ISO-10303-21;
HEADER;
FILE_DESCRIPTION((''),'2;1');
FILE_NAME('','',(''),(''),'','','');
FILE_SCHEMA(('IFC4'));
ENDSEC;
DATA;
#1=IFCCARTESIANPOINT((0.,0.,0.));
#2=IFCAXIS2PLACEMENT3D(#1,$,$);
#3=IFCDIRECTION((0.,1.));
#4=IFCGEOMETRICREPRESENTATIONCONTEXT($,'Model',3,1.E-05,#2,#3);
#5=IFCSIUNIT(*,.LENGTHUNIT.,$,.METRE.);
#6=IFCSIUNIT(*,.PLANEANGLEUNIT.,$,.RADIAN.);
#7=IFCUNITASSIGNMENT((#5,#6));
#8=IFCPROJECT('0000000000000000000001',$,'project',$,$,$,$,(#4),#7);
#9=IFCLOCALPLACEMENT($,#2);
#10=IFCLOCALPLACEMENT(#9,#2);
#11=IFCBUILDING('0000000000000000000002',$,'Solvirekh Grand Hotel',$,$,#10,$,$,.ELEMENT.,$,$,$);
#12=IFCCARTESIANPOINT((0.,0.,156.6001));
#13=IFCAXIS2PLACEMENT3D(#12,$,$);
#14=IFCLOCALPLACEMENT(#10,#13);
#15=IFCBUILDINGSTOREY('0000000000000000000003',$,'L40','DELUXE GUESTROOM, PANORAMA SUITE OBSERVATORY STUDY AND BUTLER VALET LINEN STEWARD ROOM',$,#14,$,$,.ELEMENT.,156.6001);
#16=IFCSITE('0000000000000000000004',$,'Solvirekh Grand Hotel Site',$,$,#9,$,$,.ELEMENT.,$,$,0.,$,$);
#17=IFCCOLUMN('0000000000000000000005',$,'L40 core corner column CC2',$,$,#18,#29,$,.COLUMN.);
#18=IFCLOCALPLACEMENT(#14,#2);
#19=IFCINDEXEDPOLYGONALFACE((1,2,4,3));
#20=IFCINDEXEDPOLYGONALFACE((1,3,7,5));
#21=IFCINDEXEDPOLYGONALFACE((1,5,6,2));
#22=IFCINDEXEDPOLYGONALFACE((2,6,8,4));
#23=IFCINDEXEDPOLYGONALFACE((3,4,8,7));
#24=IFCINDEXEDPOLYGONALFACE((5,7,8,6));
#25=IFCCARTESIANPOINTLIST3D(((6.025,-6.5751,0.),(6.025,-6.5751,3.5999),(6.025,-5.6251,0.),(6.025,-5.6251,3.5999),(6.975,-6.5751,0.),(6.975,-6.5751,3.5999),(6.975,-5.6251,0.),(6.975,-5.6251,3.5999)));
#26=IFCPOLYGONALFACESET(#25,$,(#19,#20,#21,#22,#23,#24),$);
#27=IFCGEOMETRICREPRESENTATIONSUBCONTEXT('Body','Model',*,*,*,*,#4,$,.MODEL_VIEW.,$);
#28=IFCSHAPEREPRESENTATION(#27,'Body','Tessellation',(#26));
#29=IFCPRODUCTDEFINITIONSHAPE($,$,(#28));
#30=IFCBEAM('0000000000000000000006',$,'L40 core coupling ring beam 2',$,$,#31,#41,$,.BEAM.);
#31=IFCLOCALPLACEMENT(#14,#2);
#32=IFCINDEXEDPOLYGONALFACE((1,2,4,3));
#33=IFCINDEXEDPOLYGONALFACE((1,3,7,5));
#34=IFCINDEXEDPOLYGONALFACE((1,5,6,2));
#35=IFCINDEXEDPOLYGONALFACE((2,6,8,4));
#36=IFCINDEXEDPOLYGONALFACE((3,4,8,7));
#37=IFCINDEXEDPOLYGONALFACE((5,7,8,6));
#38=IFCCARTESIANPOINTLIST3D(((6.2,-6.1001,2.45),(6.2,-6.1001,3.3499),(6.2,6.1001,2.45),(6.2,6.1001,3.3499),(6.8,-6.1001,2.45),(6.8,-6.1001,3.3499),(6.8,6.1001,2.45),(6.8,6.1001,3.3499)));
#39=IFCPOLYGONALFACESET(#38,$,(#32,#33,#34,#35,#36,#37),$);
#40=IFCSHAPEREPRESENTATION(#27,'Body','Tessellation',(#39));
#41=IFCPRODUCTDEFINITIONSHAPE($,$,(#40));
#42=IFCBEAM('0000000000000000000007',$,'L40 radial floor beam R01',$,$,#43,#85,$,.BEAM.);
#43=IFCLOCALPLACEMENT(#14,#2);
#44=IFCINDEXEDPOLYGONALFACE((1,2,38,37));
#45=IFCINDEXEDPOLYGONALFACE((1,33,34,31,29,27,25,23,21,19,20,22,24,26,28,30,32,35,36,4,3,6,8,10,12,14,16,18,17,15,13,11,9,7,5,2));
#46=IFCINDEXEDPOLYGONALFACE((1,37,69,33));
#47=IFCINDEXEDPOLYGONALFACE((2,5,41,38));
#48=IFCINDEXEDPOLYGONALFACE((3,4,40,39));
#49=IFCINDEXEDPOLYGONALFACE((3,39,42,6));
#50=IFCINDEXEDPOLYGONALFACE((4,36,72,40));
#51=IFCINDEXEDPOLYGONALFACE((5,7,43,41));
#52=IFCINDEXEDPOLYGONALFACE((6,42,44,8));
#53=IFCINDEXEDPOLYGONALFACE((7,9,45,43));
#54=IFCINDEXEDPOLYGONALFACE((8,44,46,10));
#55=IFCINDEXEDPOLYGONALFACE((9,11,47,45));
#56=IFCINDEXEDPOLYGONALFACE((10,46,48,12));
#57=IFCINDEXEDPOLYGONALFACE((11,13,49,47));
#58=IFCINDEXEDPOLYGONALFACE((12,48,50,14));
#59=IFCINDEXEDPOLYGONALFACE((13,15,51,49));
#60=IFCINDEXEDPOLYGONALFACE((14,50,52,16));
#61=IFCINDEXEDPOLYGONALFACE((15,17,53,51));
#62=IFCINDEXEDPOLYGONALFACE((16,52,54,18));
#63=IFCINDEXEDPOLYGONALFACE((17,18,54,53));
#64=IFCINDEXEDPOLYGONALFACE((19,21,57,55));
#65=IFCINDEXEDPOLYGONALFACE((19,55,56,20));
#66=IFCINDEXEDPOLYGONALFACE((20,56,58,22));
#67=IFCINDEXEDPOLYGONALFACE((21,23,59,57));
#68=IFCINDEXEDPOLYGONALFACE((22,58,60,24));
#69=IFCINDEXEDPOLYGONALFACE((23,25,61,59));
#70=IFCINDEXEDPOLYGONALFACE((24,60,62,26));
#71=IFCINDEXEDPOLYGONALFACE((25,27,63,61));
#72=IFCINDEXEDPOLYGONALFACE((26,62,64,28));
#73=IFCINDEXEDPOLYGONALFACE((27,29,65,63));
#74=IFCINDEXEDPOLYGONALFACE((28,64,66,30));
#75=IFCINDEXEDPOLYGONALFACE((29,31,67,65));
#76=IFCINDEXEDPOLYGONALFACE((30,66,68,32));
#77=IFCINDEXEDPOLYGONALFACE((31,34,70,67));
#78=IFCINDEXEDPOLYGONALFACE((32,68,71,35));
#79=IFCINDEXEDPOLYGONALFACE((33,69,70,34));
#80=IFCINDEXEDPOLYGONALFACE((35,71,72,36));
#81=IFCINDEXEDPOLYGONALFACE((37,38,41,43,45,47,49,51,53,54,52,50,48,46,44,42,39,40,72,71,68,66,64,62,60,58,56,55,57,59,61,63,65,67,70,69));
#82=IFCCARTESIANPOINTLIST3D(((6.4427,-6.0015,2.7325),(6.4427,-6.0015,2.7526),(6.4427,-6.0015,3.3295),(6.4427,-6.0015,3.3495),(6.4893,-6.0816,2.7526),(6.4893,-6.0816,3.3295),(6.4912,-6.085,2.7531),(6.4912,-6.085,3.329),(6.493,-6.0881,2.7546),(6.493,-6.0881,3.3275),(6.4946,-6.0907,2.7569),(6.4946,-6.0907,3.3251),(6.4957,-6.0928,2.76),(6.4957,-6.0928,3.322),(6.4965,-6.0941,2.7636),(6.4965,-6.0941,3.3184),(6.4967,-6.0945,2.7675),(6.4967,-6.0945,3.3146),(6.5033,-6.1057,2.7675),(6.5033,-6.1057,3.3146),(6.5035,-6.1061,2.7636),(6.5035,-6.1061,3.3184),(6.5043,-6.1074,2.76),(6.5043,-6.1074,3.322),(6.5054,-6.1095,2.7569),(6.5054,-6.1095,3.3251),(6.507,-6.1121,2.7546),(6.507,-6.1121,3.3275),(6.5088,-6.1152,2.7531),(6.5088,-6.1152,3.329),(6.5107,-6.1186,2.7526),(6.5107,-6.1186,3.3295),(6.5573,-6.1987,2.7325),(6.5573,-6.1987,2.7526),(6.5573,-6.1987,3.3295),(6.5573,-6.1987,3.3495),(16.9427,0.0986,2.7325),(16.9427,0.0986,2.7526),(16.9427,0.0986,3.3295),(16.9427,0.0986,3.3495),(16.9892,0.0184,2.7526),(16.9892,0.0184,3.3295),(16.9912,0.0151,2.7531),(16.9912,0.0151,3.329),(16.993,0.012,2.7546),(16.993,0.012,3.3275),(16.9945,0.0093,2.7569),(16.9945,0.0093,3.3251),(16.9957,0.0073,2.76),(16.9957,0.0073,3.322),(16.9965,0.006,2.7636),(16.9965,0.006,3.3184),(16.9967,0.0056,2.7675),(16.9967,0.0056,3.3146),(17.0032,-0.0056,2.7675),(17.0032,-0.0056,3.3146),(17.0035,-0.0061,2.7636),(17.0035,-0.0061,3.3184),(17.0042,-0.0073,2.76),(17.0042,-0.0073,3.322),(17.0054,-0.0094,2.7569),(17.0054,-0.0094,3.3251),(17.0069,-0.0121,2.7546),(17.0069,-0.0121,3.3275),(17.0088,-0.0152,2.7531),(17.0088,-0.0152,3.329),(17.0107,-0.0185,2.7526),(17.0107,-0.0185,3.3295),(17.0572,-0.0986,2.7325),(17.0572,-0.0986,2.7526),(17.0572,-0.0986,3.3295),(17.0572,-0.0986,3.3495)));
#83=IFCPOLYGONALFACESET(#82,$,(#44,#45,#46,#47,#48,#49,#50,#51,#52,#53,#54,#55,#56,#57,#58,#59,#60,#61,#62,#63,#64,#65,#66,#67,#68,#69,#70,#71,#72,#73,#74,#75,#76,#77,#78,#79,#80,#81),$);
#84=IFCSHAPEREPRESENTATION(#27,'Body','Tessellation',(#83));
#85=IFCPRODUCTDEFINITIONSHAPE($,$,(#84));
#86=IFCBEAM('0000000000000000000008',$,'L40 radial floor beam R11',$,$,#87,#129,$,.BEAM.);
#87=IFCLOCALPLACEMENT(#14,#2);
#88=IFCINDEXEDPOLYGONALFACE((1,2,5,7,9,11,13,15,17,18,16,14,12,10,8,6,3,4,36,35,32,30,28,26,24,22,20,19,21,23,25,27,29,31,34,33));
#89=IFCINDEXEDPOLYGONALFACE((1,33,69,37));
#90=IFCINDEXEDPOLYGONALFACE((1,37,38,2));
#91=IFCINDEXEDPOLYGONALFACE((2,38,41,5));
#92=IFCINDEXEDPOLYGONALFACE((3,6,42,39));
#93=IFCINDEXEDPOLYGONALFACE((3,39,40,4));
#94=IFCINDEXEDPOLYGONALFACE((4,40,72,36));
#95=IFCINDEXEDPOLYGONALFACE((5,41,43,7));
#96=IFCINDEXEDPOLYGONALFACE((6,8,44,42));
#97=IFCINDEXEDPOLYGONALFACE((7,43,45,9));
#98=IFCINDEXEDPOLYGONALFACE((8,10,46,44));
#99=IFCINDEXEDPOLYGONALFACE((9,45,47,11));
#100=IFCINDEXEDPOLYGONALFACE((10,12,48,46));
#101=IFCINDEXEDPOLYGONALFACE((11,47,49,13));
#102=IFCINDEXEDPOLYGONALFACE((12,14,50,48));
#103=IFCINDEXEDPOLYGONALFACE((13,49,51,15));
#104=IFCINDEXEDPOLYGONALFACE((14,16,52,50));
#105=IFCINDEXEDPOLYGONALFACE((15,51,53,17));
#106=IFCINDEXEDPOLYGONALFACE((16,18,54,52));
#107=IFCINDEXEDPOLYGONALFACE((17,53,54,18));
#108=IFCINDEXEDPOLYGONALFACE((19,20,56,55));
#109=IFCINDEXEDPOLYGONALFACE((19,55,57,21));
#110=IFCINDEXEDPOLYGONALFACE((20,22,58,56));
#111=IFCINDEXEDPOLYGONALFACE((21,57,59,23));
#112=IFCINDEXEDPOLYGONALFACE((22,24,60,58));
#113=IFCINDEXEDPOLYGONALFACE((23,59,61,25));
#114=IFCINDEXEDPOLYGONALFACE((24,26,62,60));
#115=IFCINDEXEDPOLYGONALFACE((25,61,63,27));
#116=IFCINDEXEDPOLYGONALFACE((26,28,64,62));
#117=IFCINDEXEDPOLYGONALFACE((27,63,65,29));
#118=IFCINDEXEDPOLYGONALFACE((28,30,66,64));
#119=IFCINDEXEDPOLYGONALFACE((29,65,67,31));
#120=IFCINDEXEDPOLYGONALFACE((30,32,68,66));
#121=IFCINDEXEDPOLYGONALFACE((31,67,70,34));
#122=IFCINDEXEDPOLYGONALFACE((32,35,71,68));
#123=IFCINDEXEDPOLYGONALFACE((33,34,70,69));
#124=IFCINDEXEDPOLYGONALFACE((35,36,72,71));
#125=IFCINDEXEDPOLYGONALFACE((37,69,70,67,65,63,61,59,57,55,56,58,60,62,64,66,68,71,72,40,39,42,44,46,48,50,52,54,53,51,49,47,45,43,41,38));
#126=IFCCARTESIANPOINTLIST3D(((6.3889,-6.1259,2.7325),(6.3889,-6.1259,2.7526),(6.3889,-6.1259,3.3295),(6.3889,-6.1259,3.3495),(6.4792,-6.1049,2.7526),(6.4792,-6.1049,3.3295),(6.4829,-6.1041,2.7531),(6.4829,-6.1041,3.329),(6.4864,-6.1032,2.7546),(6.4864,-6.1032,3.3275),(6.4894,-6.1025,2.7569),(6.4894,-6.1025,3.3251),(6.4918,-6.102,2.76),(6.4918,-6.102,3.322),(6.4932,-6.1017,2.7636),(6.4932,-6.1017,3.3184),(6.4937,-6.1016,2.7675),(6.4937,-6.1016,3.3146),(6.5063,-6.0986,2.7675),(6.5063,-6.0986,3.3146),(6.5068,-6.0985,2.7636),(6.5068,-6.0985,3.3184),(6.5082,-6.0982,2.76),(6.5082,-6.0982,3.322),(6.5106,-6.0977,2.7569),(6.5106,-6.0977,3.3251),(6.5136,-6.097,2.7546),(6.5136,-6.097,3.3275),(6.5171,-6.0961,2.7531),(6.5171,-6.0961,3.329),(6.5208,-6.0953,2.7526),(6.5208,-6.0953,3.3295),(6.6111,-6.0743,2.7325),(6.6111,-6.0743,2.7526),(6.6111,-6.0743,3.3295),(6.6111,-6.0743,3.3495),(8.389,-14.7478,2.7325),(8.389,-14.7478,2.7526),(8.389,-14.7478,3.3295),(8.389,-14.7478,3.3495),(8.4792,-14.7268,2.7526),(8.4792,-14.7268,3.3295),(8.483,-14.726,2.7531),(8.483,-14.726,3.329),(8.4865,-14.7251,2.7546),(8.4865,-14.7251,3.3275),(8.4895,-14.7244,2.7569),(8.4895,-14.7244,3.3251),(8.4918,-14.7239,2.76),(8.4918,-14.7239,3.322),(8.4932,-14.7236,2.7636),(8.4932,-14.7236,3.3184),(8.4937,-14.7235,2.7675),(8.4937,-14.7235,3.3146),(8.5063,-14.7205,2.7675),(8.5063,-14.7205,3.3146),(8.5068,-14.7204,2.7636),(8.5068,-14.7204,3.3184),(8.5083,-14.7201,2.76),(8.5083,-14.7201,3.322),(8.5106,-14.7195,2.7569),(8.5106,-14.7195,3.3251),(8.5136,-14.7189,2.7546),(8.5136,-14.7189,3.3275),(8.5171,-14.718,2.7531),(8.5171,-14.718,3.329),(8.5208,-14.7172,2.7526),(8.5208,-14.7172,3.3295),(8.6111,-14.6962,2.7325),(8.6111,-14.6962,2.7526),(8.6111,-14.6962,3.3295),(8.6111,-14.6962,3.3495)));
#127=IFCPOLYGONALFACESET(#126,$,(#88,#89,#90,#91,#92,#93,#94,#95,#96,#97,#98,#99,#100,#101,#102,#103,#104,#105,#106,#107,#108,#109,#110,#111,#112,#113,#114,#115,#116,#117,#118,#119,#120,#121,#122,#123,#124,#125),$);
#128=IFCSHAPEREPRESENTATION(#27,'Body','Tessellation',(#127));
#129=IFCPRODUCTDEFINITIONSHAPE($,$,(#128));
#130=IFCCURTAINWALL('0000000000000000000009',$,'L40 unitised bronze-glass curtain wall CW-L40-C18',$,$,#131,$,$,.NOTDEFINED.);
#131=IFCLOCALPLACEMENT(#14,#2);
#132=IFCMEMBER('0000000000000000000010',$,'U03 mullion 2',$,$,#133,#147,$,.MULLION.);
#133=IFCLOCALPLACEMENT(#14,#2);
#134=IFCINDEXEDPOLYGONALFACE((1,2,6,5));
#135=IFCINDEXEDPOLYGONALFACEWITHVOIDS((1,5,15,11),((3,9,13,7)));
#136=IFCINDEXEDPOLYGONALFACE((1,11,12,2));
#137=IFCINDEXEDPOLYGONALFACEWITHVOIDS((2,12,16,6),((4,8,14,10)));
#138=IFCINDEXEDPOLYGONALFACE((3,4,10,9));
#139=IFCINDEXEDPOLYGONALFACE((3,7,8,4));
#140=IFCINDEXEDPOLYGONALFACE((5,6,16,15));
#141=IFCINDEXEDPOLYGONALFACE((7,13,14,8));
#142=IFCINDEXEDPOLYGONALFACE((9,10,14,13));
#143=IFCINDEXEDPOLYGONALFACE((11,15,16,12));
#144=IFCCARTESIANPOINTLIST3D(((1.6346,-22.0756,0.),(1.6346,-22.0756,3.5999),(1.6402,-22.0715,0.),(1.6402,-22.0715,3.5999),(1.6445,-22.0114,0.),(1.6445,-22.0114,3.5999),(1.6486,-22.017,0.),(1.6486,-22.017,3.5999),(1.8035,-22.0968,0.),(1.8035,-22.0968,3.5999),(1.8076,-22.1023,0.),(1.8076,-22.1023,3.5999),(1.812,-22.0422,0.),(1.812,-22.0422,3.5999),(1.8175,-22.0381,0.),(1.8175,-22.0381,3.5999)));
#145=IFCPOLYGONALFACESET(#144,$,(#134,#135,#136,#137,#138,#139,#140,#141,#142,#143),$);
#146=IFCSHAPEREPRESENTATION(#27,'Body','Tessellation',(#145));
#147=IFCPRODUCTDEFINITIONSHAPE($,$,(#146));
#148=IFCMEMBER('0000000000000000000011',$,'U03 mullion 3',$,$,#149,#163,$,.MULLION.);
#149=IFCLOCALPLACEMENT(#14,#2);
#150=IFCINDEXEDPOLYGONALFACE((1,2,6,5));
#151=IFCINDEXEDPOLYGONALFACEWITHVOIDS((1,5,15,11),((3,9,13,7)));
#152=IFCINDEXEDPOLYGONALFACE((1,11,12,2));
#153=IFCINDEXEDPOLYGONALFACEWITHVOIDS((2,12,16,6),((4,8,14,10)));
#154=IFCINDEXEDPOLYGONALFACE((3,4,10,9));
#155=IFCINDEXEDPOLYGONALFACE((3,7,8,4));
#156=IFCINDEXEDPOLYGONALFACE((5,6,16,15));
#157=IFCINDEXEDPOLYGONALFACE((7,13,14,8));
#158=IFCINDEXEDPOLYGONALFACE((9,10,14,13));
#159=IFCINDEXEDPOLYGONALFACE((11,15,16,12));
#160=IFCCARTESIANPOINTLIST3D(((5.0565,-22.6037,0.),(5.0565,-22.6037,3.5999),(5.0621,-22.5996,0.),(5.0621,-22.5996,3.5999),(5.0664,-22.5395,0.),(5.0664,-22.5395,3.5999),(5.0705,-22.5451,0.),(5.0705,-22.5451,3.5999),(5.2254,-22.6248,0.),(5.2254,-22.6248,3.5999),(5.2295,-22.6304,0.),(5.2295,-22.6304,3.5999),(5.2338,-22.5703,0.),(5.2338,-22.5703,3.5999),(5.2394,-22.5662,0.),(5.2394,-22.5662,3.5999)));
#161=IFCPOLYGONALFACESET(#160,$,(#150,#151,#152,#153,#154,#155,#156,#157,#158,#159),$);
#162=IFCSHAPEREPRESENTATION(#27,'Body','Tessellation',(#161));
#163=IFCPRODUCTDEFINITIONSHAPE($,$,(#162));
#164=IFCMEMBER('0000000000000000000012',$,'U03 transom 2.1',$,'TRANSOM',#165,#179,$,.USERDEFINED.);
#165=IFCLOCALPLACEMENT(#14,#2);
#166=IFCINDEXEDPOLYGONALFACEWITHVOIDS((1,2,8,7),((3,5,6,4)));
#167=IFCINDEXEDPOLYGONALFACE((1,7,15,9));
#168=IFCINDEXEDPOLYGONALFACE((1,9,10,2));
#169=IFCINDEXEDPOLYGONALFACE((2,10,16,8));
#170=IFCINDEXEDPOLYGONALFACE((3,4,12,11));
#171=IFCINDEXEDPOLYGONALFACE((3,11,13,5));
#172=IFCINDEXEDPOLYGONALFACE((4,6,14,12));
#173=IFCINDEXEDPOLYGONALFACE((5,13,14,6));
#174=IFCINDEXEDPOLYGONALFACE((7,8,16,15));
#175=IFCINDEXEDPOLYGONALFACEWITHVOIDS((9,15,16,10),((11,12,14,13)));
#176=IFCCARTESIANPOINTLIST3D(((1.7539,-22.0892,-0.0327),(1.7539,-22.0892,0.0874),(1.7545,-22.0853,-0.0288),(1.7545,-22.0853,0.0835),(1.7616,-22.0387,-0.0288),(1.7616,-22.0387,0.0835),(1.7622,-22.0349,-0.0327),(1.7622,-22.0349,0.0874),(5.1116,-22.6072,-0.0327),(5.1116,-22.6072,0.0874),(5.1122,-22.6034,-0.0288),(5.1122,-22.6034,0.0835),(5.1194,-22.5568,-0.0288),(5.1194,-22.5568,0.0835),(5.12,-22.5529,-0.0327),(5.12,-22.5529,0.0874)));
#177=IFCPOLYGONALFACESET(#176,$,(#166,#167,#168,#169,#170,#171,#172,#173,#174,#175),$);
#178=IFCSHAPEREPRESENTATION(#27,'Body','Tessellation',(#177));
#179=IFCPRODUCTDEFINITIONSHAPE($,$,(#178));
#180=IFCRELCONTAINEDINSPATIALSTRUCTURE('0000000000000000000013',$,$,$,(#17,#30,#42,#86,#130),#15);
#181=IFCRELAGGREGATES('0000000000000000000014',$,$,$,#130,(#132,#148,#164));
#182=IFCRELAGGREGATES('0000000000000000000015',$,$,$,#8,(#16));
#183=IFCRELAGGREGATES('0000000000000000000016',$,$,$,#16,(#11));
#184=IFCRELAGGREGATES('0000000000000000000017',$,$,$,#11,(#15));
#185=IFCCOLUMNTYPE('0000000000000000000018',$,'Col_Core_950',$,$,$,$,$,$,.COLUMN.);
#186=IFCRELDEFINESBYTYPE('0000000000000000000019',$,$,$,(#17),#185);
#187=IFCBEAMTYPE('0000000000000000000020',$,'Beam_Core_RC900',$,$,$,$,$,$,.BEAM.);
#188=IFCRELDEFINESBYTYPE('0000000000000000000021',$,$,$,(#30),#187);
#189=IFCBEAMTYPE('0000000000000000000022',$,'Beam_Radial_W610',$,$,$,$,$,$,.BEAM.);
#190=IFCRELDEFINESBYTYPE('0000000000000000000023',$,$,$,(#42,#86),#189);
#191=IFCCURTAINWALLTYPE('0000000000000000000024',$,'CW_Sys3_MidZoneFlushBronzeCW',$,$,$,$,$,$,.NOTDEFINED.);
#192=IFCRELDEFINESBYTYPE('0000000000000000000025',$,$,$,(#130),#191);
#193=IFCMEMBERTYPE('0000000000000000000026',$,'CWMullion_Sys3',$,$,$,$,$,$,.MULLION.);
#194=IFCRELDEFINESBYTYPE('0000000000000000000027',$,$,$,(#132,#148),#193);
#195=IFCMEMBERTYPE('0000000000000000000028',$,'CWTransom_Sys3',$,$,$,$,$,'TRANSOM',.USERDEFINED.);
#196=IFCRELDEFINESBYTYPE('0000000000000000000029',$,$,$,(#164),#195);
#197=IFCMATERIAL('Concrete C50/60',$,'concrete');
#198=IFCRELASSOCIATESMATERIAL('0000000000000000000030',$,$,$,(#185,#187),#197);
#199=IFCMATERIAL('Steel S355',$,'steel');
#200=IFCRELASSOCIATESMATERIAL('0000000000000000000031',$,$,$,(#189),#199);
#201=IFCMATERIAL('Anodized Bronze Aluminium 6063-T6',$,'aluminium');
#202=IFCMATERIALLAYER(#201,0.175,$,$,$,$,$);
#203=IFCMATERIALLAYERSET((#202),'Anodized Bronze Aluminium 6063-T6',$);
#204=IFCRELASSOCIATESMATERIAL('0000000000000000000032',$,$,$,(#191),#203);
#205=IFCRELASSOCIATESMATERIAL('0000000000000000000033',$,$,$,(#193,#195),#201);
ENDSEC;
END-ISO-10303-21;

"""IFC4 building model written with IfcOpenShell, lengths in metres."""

from ifc_helpers import new_model, si_unit, direction, frame, origin, origin_2d, place, context, subcontext, project, spatial, rectangle, hollow_rectangle, i_section, extrude, source, transform, mapped, material, layer, layer_set, material_profile, profile_set, type_object, element, aggregate, save


model = new_model("IFC4")

# Units and contexts
model_context = context("Model", 3, precision=1e-05, world=origin(), true_north=direction((0.0, 1.0)))
body_context = subcontext(model_context, "Body", "Model", "MODEL_VIEW")
ifc_project = project(units=[si_unit("LENGTHUNIT", "METRE"), si_unit("PLANEANGLEUNIT", "RADIAN")], contexts=[model_context])

# Site, building, storey
site_placement = place(None, origin())
site = spatial("IfcSite", under=ifc_project, at=site_placement, Name="Solvirekh Grand Hotel Site", CompositionType="ELEMENT", RefElevation=0.0)
building_placement = place(site_placement, origin())
building = spatial("IfcBuilding", under=site, at=building_placement, Name="Solvirekh Grand Hotel", CompositionType="ELEMENT")
storey_placement = place(building_placement, frame((0.0, 0.0, 156.6001)))
storey = spatial("IfcBuildingStorey", under=building, at=storey_placement, Name="L40", Description="DELUXE GUESTROOM, PANORAMA SUITE OBSERVATORY STUDY AND BUTLER VALET LINEN STEWARD ROOM", CompositionType="ELEMENT", Elevation=156.6001)

# Column
ifc_material_1 = material(Name="Concrete C50/60", Category="concrete")
ifc_material_profile_1 = material_profile(ifc_material_1, rectangle(XDim=0.95, YDim=0.95, at=origin_2d()), Name="RC 950X950")
ifc_profile_set_1 = profile_set([ifc_material_profile_1], Name="Concrete C50/60")
column_type = type_object("IfcColumnType", Name="Col_Core_950", PredefinedType="COLUMN", material=ifc_profile_set_1)
column_placement = place(storey_placement, frame((6.5, -6.1001, 0.0), z_axis=(0.0, 0.0, 1.0), x_axis=(1.0, 0.0, 0.0)))
element("IfcColumn", 1, at=column_placement, inside=storey, type_object=column_type, Name="L40 core corner column CC2", PredefinedType="COLUMN", context=body_context, shape_type="SweptSolid", body=[
    extrude(rectangle(XDim=0.95, YDim=0.95, at=origin_2d()), origin(), (0.0, 0.0, 1.0), 3.5999),
])

# Beams
ifc_material_profile_2 = material_profile(ifc_material_1, rectangle(XDim=0.6001, YDim=0.8999, at=origin_2d()), Name="RC BEAM 600X900")
ifc_profile_set_2 = profile_set([ifc_material_profile_2], Name="Concrete C50/60")
beam_type_1 = type_object("IfcBeamType", Name="Beam_Core_RC900", PredefinedType="BEAM", material=ifc_profile_set_2)
beam_1_placement = place(storey_placement, frame((6.5, -6.1001, 2.8999), z_axis=(0.0, 1.0, 0.0), x_axis=(-1.0, 0.0, 0.0)))
element("IfcBeam", 2, at=beam_1_placement, inside=storey, type_object=beam_type_1, Name="L40 core coupling ring beam 2", PredefinedType="BEAM", context=body_context, shape_type="SweptSolid", body=[
    extrude(rectangle(XDim=0.6001, YDim=0.8999, at=origin_2d()), origin(), (0.0, 0.0, 1.0), 12.2002),
])
ifc_material_2 = material(Name="Steel S355", Category="steel")
ifc_material_profile_3 = material_profile(ifc_material_2, i_section(OverallWidth=0.228, OverallDepth=0.6169, WebThickness=0.0129, FlangeThickness=0.02, FilletRadius=0.0149, at=origin_2d()), Name="W610X140")
ifc_profile_set_3 = profile_set([ifc_material_profile_3], Name="Steel S355")
beam_type_2 = type_object("IfcBeamType", Name="Beam_Radial_W610", PredefinedType="BEAM", material=ifc_profile_set_3)
beam_2_placement = place(storey_placement, frame((6.5, -6.1001, 3.041), z_axis=(0.86467, 0.50234, 0.0), x_axis=(-0.50234, 0.86467, 0.0)))
element("IfcBeam", 3, at=beam_2_placement, inside=storey, type_object=beam_type_2, Name="L40 radial floor beam R01", PredefinedType="BEAM", context=body_context, shape_type="SweptSolid", body=[
    extrude(i_section(OverallWidth=0.228, OverallDepth=0.6169, WebThickness=0.0129, FlangeThickness=0.02, FilletRadius=0.0149, at=origin_2d()), origin(), (0.0, 0.0, 1.0), 12.1433),
])
beam_3_placement = place(storey_placement, frame((6.5, -6.1001, 3.041), z_axis=(0.225969, -0.974134, 0.0), x_axis=(0.974134, 0.225969, 0.0)))
element("IfcBeam", 4, at=beam_3_placement, inside=storey, type_object=beam_type_2, Name="L40 radial floor beam R11", PredefinedType="BEAM", context=body_context, shape_type="SweptSolid", body=[
    extrude(i_section(OverallWidth=0.228, OverallDepth=0.6169, WebThickness=0.0129, FlangeThickness=0.02, FilletRadius=0.0149, at=origin_2d()), origin(), (0.0, 0.0, 1.0), 8.8508),
])

# Curtain wall, members
ifc_material_3 = material(Name="Anodized Bronze Aluminium 6063-T6", Category="aluminium")
ifc_layer_1 = layer(ifc_material_3, 0.175)
ifc_layer_set_1 = layer_set([ifc_layer_1], Name="Anodized Bronze Aluminium 6063-T6")
curtain_wall_type = type_object("IfcCurtainWallType", Name="CW_Sys3_MidZoneFlushBronzeCW", PredefinedType="NOTDEFINED", material=ifc_layer_set_1)
curtain_wall_placement = place(storey_placement, origin())
curtain_wall = element("IfcCurtainWall", 5, at=curtain_wall_placement, inside=storey, type_object=curtain_wall_type, Name="L40 unitised bronze-glass curtain wall CW-L40-C18", PredefinedType="NOTDEFINED")
ifc_material_profile_4 = material_profile(ifc_material_3, hollow_rectangle(XDim=0.0649, YDim=0.175, WallThickness=0.0049, at=origin_2d()), Name="ALU RHS 175X65X5")
ifc_profile_set_4 = profile_set([ifc_material_profile_4], Name="Anodized Bronze Aluminium 6063-T6")
member_type_1 = type_object("IfcMemberType", Name="CWMullion_Sys3", PredefinedType="MULLION", material=ifc_profile_set_4)
shared_shape_1 = source(origin(), body_context, "Body", "SweptSolid", [
    extrude(hollow_rectangle(XDim=0.0649, YDim=0.175, WallThickness=0.0049, at=origin_2d()), origin(), (0.0, 0.0, 1.0), 3.5999),
])
member_1_placement = place(storey_placement, frame((1.7261, -22.0569, 0.0), z_axis=(0.0, 0.0, 1.0), x_axis=(0.152509, 0.988302, 0.0)))
member_1 = element("IfcMember", 6, at=member_1_placement, type_object=member_type_1, Name="U03 mullion 2", PredefinedType="MULLION", context=body_context, shape_type="MappedRepresentation", body=[
    mapped(shared_shape_1, transform((0.0, 0.0, 0.0), x_axis=(1.0, 0.0, 0.0), y_axis=(0.0, 1.0, 0.0), z_axis=(0.0, 0.0, 1.0), scale=1.0)),
])
member_2_placement = place(storey_placement, frame((5.1479, -22.585, 0.0), z_axis=(0.0, 0.0, 1.0), x_axis=(0.152509, 0.988302, 0.0)))
member_2 = element("IfcMember", 7, at=member_2_placement, type_object=member_type_1, Name="U03 mullion 3", PredefinedType="MULLION", context=body_context, shape_type="MappedRepresentation", body=[
    mapped(shared_shape_1, transform((0.0, 0.0, 0.0), x_axis=(1.0, 0.0, 0.0), y_axis=(0.0, 1.0, 0.0), z_axis=(0.0, 0.0, 1.0), scale=1.0)),
])
ifc_material_profile_5 = material_profile(ifc_material_3, hollow_rectangle(XDim=0.0549, YDim=0.1201, WallThickness=0.0039, at=origin_2d()), Name="ALU RHS 120X55X4")
ifc_profile_set_5 = profile_set([ifc_material_profile_5], Name="Anodized Bronze Aluminium 6063-T6")
member_type_2 = type_object("IfcMemberType", Name="CWTransom_Sys3", ElementType="TRANSOM", PredefinedType="USERDEFINED", material=ifc_profile_set_5)
shared_shape_2 = source(origin(), body_context, "Body", "SweptSolid", [
    extrude(hollow_rectangle(XDim=0.0549, YDim=0.1201, WallThickness=0.0039, at=origin_2d()), origin(), (0.0, 0.0, 1.0), 3.3975),
])
member_3_placement = place(storey_placement, frame((1.7581, -22.062, 0.0273), z_axis=(0.988305, -0.152489, 0.0), x_axis=(0.152489, 0.988305, 0.0)))
member_3 = element("IfcMember", 8, at=member_3_placement, type_object=member_type_2, Name="U03 transom 2.1", ObjectType="TRANSOM", PredefinedType="USERDEFINED", context=body_context, shape_type="MappedRepresentation", body=[
    mapped(shared_shape_2, transform((0.0, 0.0, 0.0), x_axis=(1.0, 0.0, 0.0), y_axis=(0.0, 1.0, 0.0), z_axis=(0.0, 0.0, 1.0), scale=1.0)),
])
aggregate(curtain_wall, [member_1, member_2, member_3])

save(model, "model.ifc")
